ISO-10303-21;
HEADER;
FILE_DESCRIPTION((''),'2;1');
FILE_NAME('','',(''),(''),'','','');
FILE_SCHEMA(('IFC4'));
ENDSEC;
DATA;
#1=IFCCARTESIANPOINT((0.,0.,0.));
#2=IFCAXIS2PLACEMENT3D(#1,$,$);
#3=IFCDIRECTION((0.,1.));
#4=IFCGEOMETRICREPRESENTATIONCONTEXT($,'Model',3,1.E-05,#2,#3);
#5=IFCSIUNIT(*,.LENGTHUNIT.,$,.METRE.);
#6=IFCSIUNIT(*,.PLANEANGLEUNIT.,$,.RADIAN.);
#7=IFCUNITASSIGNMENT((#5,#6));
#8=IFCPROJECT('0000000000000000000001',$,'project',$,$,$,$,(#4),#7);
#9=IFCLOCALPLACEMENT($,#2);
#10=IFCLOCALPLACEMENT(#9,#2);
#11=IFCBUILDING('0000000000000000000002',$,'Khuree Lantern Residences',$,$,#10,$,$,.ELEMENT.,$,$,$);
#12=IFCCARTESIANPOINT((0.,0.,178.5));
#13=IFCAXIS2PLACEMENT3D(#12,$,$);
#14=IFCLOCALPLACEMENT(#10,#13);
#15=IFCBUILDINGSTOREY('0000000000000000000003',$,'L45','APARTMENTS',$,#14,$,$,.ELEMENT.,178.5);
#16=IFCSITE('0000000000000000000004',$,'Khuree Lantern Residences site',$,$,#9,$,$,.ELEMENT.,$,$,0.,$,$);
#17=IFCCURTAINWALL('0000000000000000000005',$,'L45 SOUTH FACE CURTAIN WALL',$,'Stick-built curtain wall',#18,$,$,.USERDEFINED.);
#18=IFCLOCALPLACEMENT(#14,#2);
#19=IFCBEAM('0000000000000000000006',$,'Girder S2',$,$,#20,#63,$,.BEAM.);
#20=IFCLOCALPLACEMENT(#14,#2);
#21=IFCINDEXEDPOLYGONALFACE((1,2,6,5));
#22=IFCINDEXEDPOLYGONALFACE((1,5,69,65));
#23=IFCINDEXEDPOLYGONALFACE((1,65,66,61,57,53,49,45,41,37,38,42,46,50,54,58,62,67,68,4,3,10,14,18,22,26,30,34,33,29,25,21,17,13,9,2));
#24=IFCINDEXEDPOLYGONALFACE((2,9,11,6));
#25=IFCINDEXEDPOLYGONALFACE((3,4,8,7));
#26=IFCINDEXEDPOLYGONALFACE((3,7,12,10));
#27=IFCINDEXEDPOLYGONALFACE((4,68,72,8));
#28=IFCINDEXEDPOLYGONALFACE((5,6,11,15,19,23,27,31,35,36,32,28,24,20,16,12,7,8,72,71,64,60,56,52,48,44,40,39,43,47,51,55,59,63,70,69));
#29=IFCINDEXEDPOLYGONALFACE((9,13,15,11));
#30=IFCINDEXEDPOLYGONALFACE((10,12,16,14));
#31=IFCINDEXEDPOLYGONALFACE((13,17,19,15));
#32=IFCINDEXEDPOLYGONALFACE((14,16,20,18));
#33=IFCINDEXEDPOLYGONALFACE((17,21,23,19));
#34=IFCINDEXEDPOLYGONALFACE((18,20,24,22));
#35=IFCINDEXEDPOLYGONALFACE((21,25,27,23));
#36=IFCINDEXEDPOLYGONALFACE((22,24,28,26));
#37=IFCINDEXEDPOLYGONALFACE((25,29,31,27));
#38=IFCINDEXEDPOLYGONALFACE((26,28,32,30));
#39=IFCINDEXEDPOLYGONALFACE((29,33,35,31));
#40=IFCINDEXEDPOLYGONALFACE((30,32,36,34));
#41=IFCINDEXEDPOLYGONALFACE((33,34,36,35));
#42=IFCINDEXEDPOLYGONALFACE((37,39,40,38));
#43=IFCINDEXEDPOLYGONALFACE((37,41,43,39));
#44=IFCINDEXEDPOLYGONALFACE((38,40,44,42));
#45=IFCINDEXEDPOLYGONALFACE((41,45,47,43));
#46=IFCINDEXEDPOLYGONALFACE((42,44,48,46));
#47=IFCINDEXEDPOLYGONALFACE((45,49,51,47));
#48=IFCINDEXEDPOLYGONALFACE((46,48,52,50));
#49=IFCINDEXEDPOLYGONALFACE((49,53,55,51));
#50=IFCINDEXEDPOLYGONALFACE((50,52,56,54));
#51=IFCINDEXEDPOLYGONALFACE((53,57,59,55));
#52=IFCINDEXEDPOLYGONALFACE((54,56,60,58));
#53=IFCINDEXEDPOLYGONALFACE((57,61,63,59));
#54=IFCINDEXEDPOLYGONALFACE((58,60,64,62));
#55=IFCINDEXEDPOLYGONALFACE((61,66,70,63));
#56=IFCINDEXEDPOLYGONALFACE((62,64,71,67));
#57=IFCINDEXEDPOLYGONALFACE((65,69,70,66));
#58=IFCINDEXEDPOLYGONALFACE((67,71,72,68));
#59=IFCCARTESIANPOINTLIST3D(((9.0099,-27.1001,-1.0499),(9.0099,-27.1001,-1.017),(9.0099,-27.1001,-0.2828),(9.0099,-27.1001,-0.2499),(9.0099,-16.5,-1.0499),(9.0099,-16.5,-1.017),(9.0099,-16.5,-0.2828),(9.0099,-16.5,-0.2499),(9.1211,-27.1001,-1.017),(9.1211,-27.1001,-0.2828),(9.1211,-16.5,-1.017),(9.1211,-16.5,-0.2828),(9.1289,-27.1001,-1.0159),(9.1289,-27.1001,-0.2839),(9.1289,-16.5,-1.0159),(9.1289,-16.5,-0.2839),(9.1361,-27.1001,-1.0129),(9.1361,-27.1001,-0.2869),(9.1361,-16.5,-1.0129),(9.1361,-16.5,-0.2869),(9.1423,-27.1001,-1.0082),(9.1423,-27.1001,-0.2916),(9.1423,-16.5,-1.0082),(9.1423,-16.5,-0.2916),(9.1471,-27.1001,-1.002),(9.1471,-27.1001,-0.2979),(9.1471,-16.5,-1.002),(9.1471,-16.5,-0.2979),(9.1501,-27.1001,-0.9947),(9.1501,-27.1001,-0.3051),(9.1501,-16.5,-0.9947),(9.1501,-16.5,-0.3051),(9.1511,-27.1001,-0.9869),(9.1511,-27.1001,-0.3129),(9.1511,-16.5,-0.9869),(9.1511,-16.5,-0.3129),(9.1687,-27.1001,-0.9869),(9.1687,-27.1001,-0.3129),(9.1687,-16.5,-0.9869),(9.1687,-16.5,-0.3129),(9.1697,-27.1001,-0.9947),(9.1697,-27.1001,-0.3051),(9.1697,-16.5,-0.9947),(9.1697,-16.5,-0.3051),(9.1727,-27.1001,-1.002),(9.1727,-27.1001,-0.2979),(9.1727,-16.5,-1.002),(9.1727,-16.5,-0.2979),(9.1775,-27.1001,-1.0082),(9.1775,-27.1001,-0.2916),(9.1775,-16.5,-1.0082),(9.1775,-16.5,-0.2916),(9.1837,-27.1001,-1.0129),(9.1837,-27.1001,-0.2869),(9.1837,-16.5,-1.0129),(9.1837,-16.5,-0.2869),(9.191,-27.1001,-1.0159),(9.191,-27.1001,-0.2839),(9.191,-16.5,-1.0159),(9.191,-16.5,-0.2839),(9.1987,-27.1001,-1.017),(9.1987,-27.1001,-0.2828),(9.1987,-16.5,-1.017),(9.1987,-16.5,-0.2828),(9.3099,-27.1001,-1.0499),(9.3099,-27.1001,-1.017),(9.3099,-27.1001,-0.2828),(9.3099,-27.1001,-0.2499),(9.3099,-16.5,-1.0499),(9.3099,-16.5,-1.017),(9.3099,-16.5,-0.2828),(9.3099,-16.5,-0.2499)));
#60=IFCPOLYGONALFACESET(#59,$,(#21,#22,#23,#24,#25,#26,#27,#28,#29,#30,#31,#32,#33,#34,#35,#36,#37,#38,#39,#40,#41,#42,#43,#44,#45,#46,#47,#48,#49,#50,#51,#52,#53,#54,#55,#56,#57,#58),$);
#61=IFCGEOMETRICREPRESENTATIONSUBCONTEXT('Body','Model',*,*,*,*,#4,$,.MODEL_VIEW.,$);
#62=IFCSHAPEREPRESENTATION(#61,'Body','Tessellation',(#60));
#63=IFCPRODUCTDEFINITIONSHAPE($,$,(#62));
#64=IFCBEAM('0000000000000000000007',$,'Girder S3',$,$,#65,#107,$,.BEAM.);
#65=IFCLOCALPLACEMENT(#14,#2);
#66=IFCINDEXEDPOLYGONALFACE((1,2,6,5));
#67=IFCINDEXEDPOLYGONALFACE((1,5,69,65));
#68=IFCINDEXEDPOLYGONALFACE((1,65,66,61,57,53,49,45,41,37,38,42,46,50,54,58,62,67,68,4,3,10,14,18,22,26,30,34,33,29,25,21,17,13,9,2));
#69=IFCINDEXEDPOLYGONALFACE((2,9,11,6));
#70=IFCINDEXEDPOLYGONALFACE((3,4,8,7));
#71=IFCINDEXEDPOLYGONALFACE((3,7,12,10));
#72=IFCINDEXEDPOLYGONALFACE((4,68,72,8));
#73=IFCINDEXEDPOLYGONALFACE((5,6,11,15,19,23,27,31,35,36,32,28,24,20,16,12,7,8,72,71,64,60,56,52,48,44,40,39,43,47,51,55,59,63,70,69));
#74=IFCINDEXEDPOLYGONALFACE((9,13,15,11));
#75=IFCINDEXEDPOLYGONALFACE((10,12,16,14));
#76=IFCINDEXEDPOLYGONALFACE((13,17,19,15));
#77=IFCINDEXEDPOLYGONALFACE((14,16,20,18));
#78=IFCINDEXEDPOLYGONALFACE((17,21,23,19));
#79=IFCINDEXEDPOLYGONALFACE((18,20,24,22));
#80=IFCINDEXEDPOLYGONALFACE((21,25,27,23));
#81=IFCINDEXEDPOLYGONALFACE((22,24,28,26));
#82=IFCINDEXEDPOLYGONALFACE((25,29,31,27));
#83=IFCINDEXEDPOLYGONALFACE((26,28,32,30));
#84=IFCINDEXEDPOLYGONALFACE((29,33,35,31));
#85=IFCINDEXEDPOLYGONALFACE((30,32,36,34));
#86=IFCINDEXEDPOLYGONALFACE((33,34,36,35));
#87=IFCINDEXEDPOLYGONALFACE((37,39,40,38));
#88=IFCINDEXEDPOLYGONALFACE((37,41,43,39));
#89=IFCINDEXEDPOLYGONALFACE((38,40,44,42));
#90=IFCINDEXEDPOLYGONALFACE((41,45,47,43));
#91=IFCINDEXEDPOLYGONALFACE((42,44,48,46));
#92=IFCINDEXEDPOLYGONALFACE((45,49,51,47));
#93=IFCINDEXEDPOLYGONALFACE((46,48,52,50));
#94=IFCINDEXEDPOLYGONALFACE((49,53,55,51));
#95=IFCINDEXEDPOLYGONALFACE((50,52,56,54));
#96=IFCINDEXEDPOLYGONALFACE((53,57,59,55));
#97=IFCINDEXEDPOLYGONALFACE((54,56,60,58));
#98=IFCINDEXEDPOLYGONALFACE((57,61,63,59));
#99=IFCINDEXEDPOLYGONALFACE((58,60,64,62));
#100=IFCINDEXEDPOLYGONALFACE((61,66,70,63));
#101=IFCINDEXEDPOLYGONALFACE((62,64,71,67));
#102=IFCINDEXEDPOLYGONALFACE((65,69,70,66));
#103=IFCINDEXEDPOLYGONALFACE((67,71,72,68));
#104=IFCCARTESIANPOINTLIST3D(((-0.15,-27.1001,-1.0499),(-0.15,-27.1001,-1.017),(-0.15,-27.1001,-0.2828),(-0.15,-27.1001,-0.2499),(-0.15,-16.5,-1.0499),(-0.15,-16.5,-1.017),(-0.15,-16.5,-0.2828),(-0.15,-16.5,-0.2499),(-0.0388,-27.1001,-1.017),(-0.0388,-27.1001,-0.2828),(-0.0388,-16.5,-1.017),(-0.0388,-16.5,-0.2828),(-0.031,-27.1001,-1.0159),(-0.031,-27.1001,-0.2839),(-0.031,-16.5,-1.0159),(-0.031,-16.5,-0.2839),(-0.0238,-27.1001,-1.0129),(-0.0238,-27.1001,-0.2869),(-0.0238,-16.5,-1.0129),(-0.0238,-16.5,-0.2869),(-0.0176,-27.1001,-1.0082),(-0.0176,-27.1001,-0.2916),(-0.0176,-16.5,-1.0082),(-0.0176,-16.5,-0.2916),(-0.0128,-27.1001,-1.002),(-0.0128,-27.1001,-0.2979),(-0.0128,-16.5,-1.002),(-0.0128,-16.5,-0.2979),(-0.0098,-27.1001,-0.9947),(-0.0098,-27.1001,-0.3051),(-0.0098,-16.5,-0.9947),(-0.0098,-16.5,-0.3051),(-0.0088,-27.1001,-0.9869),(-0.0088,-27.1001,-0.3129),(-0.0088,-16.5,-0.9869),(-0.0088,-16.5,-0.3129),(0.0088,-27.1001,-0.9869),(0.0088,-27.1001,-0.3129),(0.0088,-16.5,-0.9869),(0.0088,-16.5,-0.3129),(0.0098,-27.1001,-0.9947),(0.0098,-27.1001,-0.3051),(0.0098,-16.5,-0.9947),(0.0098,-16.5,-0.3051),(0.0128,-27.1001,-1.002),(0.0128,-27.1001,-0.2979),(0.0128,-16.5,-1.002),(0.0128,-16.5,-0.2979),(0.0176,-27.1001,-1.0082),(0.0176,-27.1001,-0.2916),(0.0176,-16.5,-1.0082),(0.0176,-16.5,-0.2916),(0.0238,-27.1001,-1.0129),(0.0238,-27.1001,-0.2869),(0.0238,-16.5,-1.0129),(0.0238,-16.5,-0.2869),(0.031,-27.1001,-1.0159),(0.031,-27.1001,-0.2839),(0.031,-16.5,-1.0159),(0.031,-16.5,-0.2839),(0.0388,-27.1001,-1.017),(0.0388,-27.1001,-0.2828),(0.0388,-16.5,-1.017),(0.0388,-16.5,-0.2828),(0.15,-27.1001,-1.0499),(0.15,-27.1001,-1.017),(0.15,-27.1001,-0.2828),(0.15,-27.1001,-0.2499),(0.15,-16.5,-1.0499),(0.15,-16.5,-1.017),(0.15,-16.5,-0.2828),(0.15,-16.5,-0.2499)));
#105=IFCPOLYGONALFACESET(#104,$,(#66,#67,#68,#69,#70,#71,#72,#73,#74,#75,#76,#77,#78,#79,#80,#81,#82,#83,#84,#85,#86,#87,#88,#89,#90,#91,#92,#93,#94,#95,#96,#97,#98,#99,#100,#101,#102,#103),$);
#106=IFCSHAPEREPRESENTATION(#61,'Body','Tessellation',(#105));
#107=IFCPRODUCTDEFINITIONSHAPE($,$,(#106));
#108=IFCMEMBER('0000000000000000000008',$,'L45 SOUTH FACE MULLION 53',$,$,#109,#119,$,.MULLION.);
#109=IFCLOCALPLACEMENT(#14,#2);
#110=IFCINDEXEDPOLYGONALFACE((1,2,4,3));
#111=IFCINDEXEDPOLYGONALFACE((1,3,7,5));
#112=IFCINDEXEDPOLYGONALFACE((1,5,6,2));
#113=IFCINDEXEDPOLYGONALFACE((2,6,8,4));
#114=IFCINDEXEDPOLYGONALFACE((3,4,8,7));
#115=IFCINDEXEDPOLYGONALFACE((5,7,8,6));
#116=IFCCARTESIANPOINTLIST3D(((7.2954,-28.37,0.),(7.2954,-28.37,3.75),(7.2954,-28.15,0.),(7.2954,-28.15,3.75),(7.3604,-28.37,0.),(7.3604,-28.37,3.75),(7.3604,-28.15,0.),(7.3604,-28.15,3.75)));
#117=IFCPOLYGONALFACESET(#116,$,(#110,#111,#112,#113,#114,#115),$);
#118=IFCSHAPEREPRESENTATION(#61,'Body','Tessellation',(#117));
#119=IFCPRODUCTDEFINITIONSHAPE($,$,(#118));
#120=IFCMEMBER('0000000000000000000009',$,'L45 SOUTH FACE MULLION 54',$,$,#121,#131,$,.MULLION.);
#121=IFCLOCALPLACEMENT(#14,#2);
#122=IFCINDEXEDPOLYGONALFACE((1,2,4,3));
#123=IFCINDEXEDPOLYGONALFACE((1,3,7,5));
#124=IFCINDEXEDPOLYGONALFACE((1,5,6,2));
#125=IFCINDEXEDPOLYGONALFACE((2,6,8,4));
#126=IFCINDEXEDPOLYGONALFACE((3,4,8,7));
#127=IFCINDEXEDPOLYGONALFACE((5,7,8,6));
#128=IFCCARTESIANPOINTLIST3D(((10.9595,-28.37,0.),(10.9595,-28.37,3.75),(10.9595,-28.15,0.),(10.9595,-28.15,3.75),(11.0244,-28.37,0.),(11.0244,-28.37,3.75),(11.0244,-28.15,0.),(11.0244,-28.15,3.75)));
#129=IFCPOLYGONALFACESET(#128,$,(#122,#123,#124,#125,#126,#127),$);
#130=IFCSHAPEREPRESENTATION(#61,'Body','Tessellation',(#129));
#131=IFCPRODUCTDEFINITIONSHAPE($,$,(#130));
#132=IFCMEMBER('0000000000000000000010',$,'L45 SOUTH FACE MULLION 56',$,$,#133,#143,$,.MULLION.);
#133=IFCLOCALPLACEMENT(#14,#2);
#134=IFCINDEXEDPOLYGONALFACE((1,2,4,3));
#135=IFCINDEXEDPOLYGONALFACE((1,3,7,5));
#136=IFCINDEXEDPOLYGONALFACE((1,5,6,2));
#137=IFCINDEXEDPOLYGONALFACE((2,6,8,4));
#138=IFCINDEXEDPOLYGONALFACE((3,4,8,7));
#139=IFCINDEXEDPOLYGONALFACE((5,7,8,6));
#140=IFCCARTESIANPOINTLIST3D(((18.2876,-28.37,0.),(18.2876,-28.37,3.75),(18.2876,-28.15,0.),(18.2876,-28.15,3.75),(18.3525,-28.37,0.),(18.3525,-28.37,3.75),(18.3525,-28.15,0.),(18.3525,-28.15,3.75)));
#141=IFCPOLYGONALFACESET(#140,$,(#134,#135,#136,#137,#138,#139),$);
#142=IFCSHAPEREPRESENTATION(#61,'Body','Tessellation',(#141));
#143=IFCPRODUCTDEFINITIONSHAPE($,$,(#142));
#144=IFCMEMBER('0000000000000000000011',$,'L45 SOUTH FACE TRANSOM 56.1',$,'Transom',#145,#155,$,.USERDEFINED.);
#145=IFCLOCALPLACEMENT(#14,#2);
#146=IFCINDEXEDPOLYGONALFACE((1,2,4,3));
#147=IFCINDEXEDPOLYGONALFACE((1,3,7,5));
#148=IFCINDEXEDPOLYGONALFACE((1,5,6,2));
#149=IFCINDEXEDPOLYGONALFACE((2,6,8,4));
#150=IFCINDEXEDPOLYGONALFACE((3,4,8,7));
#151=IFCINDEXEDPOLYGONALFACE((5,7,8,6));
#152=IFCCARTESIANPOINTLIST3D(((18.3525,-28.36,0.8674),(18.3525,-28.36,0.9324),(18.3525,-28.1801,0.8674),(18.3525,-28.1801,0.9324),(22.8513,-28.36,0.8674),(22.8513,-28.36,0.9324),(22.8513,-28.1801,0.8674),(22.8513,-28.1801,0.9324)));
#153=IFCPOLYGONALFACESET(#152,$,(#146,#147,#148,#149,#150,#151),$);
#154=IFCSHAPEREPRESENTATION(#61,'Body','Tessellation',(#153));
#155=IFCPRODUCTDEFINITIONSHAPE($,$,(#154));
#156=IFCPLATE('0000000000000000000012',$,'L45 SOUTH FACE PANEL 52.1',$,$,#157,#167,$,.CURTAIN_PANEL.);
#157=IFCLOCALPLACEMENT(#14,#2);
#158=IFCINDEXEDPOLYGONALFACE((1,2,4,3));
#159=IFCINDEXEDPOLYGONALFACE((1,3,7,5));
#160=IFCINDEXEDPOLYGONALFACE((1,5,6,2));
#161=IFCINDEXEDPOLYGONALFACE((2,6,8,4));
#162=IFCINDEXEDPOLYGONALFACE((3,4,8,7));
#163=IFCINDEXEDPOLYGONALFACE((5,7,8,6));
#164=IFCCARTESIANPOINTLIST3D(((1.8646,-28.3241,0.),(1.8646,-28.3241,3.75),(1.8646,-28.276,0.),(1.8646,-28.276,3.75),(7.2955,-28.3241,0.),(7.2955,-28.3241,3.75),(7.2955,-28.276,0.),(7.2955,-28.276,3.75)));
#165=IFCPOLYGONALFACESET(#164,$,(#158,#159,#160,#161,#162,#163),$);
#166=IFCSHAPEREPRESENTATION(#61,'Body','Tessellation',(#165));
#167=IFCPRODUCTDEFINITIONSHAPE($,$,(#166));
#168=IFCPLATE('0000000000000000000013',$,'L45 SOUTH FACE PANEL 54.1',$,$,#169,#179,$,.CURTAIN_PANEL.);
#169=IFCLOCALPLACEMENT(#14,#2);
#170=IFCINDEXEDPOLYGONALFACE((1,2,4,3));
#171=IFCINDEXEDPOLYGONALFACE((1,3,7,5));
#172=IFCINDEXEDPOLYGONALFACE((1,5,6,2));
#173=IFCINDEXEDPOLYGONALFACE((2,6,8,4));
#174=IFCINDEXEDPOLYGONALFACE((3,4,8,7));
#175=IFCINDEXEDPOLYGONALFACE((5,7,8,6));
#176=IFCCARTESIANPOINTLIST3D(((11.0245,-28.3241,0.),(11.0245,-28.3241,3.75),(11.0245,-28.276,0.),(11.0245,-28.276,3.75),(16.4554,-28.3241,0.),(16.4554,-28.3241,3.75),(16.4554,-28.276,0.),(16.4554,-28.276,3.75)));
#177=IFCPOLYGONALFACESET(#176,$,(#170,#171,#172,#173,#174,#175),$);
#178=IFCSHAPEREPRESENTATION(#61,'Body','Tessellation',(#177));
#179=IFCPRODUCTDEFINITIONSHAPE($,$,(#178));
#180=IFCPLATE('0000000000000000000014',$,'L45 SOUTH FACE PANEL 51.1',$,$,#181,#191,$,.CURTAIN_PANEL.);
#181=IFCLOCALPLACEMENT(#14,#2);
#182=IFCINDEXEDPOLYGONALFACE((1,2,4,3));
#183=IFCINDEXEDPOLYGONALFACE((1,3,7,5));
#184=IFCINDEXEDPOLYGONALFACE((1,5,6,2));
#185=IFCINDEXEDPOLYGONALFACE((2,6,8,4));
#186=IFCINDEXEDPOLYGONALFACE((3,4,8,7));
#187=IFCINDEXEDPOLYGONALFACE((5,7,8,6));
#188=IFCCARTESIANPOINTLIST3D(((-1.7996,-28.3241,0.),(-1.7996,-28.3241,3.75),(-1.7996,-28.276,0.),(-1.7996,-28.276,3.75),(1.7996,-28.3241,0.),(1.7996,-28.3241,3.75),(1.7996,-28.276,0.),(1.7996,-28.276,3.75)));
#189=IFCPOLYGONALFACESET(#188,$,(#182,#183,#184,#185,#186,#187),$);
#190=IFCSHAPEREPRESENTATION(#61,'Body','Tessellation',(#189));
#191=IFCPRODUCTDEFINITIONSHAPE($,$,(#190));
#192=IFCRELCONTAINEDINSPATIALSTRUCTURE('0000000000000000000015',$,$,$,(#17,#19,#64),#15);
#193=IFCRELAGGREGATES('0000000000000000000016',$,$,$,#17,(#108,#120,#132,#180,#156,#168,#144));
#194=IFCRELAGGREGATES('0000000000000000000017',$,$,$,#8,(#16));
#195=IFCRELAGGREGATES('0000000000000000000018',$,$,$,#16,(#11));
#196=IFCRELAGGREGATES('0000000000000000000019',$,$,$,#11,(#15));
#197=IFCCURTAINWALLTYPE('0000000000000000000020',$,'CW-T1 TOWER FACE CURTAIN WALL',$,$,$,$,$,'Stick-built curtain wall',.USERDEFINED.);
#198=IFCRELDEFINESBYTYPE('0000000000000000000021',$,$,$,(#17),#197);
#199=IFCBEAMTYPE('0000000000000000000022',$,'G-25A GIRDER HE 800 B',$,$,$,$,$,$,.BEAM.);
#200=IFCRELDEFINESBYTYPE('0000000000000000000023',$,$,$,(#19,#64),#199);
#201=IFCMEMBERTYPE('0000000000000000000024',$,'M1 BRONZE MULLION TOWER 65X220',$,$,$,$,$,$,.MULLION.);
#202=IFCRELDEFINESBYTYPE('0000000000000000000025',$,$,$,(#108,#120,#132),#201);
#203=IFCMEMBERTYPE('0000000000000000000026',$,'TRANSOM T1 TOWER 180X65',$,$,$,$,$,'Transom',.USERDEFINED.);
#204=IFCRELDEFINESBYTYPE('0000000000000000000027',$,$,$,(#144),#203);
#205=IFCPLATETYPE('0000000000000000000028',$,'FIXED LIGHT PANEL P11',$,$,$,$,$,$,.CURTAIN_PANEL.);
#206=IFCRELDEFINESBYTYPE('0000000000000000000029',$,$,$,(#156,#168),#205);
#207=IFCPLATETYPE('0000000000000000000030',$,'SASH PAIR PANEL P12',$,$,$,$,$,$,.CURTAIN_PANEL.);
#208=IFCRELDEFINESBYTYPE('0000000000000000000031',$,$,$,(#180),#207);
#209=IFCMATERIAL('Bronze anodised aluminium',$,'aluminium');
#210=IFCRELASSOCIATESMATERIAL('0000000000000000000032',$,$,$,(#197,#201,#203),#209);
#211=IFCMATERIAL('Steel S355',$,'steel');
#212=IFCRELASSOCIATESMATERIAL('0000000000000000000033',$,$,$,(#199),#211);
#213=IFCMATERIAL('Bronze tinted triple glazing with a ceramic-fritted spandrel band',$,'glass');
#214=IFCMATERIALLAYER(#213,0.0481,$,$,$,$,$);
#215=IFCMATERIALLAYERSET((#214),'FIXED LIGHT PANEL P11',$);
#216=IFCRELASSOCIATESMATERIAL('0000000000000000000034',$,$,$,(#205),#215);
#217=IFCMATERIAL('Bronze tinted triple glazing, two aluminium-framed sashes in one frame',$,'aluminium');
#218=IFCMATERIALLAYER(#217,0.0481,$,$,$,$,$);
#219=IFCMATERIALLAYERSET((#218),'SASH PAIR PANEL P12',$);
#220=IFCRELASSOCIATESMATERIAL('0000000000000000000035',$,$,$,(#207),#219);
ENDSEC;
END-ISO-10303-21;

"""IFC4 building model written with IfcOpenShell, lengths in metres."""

from ifc_helpers import new_model, si_unit, direction, frame, origin, origin_2d, place, context, subcontext, project, spatial, rectangle, i_section, extrude, material, layer, layer_set, material_profile, profile_set, type_object, element, aggregate, save


model = new_model("IFC4")

# Units and contexts
model_context = context("Model", 3, precision=1e-05, world=origin(), true_north=direction((0.0, 1.0)))
body_context = subcontext(model_context, "Body", "Model", "MODEL_VIEW")
ifc_project = project(units=[si_unit("LENGTHUNIT", "METRE"), si_unit("PLANEANGLEUNIT", "RADIAN")], contexts=[model_context])

# Site, building, storey
site_placement = place(None, origin())
site = spatial("IfcSite", under=ifc_project, at=site_placement, Name="Khuree Lantern Residences site", CompositionType="ELEMENT", RefElevation=0.0)
building_placement = place(site_placement, origin())
building = spatial("IfcBuilding", under=site, at=building_placement, Name="Khuree Lantern Residences", CompositionType="ELEMENT")
storey_placement = place(building_placement, frame((0.0, 0.0, 178.5)))
storey = spatial("IfcBuildingStorey", under=building, at=storey_placement, Name="L45", Description="APARTMENTS", CompositionType="ELEMENT", Elevation=178.5)

# Shared definitions
ifc_material_1 = material(Name="Steel S355", Category="steel")

# Curtain wall
ifc_material_2 = material(Name="Bronze anodised aluminium", Category="aluminium")
curtain_wall_type = type_object("IfcCurtainWallType", Name="CW-T1 TOWER FACE CURTAIN WALL", ElementType="Stick-built curtain wall", PredefinedType="USERDEFINED", material=ifc_material_2)
curtain_wall_placement = place(storey_placement, origin())
curtain_wall = element("IfcCurtainWall", 1, at=curtain_wall_placement, inside=storey, type_object=curtain_wall_type, Name="L45 SOUTH FACE CURTAIN WALL", ObjectType="Stick-built curtain wall", PredefinedType="USERDEFINED")

# Beams
ifc_material_profile_1 = material_profile(ifc_material_1, i_section(OverallWidth=0.3, OverallDepth=0.8, WebThickness=0.0176, FlangeThickness=0.033, FilletRadius=0.03, at=origin_2d()), Name="HE 800 B")
ifc_profile_set_1 = profile_set([ifc_material_profile_1], Name="Steel S355")
beam_type_1 = type_object("IfcBeamType", Name="G-25A GIRDER HE 800 B", PredefinedType="BEAM", material=ifc_profile_set_1)
for number, where, z_axis, x_axis, name in (
    (2, (9.1599, -27.1001, -0.6499), (0.0, 1.0, 0.0), (-1.0, 0.0, 0.0), "Girder S2"),
    (3, (0.0, -27.1001, -0.6499), (0.0, 1.0, 0.0), (-1.0, 0.0, 0.0), "Girder S3"),
):
    element("IfcBeam", number, at=place(storey_placement, frame(where, z_axis=z_axis, x_axis=x_axis)), inside=storey, type_object=beam_type_1, Name=name, PredefinedType="BEAM", context=body_context, shape_type="SweptSolid", body=[
        extrude(i_section(OverallWidth=0.3, OverallDepth=0.8, WebThickness=0.0176, FlangeThickness=0.033, FilletRadius=0.03, at=origin_2d()), origin(), (0.0, 0.0, 1.0), 10.6001),
    ])

# Members
ifc_material_profile_2 = material_profile(ifc_material_2, rectangle(XDim=0.0649, YDim=0.22, at=origin_2d()), Name="M1 65X220")
ifc_profile_set_2 = profile_set([ifc_material_profile_2], Name="Bronze anodised aluminium")
member_type_1 = type_object("IfcMemberType", Name="M1 BRONZE MULLION TOWER 65X220", PredefinedType="MULLION", material=ifc_profile_set_2)
member_1_placement = place(storey_placement, frame((7.3279, -28.26, 0.0), z_axis=(0.0, 0.0, 1.0), x_axis=(1.0, 0.0, 0.0)))
member_1 = element("IfcMember", 4, at=member_1_placement, type_object=member_type_1, Name="L45 SOUTH FACE MULLION 53", PredefinedType="MULLION", context=body_context, shape_type="SweptSolid", body=[
    extrude(rectangle(XDim=0.0649, YDim=0.22, at=origin_2d()), origin(), (0.0, 0.0, 1.0), 3.75),
])
member_2_placement = place(storey_placement, frame((10.9919, -28.26, 0.0), z_axis=(0.0, 0.0, 1.0), x_axis=(1.0, 0.0, 0.0)))
member_2 = element("IfcMember", 5, at=member_2_placement, type_object=member_type_1, Name="L45 SOUTH FACE MULLION 54", PredefinedType="MULLION", context=body_context, shape_type="SweptSolid", body=[
    extrude(rectangle(XDim=0.0649, YDim=0.22, at=origin_2d()), origin(), (0.0, 0.0, 1.0), 3.75),
])
member_3_placement = place(storey_placement, frame((18.3201, -28.26, 0.0), z_axis=(0.0, 0.0, 1.0), x_axis=(1.0, 0.0, 0.0)))
member_3 = element("IfcMember", 6, at=member_3_placement, type_object=member_type_1, Name="L45 SOUTH FACE MULLION 56", PredefinedType="MULLION", context=body_context, shape_type="SweptSolid", body=[
    extrude(rectangle(XDim=0.0649, YDim=0.22, at=origin_2d()), origin(), (0.0, 0.0, 1.0), 3.75),
])
ifc_material_profile_3 = material_profile(ifc_material_2, rectangle(XDim=0.1799, YDim=0.0649, at=origin_2d()), Name="T1 180X65")
ifc_profile_set_3 = profile_set([ifc_material_profile_3], Name="Bronze anodised aluminium")
member_type_2 = type_object("IfcMemberType", Name="TRANSOM T1 TOWER 180X65", ElementType="Transom", PredefinedType="USERDEFINED", material=ifc_profile_set_3)
member_4_placement = place(storey_placement, frame((18.3525, -28.27, 0.8999), z_axis=(1.0, 0.0, 0.0), x_axis=(0.0, 1.0, 0.0)))
member_4 = element("IfcMember", 7, at=member_4_placement, type_object=member_type_2, Name="L45 SOUTH FACE TRANSOM 56.1", ObjectType="Transom", PredefinedType="USERDEFINED", context=body_context, shape_type="SweptSolid", body=[
    extrude(rectangle(XDim=0.1799, YDim=0.0649, at=origin_2d()), origin(), (0.0, 0.0, 1.0), 4.4988),
])

# Plates
ifc_material_3 = material(Name="Bronze tinted triple glazing with a ceramic-fritted spandrel band", Category="glass")
ifc_layer_1 = layer(ifc_material_3, 0.0481)
ifc_layer_set_1 = layer_set([ifc_layer_1], Name="FIXED LIGHT PANEL P11")
plate_type_1 = type_object("IfcPlateType", Name="FIXED LIGHT PANEL P11", PredefinedType="CURTAIN_PANEL", material=ifc_layer_set_1)
plate_1_placement = place(storey_placement, frame((4.5801, -28.3, 0.0), z_axis=(0.0, 0.0, 1.0), x_axis=(1.0, 0.0, 0.0)))
plate_1 = element("IfcPlate", 8, at=plate_1_placement, type_object=plate_type_1, Name="L45 SOUTH FACE PANEL 52.1", PredefinedType="CURTAIN_PANEL", context=body_context, shape_type="SweptSolid", body=[
    extrude(rectangle(XDim=5.4309, YDim=0.0481, at=origin_2d()), origin(), (0.0, 0.0, 1.0), 3.75),
])
plate_2_placement = place(storey_placement, frame((13.74, -28.3, 0.0), z_axis=(0.0, 0.0, 1.0), x_axis=(1.0, 0.0, 0.0)))
plate_2 = element("IfcPlate", 9, at=plate_2_placement, type_object=plate_type_1, Name="L45 SOUTH FACE PANEL 54.1", PredefinedType="CURTAIN_PANEL", context=body_context, shape_type="SweptSolid", body=[
    extrude(rectangle(XDim=5.4309, YDim=0.0481, at=origin_2d()), origin(), (0.0, 0.0, 1.0), 3.75),
])
ifc_material_4 = material(Name="Bronze tinted triple glazing, two aluminium-framed sashes in one frame", Category="aluminium")
ifc_layer_2 = layer(ifc_material_4, 0.0481)
ifc_layer_set_2 = layer_set([ifc_layer_2], Name="SASH PAIR PANEL P12")
plate_type_2 = type_object("IfcPlateType", Name="SASH PAIR PANEL P12", PredefinedType="CURTAIN_PANEL", material=ifc_layer_set_2)
plate_3_placement = place(storey_placement, frame((0.0, -28.3, 0.0), z_axis=(0.0, 0.0, 1.0), x_axis=(1.0, 0.0, 0.0)))
plate_3 = element("IfcPlate", 10, at=plate_3_placement, type_object=plate_type_2, Name="L45 SOUTH FACE PANEL 51.1", PredefinedType="CURTAIN_PANEL", context=body_context, shape_type="SweptSolid", body=[
    extrude(rectangle(XDim=3.5991, YDim=0.0481, at=origin_2d()), origin(), (0.0, 0.0, 1.0), 3.75),
])
aggregate(curtain_wall, [member_1, member_2, member_3, plate_3, plate_1, plate_2, member_4])

save(model, "model.ifc")
